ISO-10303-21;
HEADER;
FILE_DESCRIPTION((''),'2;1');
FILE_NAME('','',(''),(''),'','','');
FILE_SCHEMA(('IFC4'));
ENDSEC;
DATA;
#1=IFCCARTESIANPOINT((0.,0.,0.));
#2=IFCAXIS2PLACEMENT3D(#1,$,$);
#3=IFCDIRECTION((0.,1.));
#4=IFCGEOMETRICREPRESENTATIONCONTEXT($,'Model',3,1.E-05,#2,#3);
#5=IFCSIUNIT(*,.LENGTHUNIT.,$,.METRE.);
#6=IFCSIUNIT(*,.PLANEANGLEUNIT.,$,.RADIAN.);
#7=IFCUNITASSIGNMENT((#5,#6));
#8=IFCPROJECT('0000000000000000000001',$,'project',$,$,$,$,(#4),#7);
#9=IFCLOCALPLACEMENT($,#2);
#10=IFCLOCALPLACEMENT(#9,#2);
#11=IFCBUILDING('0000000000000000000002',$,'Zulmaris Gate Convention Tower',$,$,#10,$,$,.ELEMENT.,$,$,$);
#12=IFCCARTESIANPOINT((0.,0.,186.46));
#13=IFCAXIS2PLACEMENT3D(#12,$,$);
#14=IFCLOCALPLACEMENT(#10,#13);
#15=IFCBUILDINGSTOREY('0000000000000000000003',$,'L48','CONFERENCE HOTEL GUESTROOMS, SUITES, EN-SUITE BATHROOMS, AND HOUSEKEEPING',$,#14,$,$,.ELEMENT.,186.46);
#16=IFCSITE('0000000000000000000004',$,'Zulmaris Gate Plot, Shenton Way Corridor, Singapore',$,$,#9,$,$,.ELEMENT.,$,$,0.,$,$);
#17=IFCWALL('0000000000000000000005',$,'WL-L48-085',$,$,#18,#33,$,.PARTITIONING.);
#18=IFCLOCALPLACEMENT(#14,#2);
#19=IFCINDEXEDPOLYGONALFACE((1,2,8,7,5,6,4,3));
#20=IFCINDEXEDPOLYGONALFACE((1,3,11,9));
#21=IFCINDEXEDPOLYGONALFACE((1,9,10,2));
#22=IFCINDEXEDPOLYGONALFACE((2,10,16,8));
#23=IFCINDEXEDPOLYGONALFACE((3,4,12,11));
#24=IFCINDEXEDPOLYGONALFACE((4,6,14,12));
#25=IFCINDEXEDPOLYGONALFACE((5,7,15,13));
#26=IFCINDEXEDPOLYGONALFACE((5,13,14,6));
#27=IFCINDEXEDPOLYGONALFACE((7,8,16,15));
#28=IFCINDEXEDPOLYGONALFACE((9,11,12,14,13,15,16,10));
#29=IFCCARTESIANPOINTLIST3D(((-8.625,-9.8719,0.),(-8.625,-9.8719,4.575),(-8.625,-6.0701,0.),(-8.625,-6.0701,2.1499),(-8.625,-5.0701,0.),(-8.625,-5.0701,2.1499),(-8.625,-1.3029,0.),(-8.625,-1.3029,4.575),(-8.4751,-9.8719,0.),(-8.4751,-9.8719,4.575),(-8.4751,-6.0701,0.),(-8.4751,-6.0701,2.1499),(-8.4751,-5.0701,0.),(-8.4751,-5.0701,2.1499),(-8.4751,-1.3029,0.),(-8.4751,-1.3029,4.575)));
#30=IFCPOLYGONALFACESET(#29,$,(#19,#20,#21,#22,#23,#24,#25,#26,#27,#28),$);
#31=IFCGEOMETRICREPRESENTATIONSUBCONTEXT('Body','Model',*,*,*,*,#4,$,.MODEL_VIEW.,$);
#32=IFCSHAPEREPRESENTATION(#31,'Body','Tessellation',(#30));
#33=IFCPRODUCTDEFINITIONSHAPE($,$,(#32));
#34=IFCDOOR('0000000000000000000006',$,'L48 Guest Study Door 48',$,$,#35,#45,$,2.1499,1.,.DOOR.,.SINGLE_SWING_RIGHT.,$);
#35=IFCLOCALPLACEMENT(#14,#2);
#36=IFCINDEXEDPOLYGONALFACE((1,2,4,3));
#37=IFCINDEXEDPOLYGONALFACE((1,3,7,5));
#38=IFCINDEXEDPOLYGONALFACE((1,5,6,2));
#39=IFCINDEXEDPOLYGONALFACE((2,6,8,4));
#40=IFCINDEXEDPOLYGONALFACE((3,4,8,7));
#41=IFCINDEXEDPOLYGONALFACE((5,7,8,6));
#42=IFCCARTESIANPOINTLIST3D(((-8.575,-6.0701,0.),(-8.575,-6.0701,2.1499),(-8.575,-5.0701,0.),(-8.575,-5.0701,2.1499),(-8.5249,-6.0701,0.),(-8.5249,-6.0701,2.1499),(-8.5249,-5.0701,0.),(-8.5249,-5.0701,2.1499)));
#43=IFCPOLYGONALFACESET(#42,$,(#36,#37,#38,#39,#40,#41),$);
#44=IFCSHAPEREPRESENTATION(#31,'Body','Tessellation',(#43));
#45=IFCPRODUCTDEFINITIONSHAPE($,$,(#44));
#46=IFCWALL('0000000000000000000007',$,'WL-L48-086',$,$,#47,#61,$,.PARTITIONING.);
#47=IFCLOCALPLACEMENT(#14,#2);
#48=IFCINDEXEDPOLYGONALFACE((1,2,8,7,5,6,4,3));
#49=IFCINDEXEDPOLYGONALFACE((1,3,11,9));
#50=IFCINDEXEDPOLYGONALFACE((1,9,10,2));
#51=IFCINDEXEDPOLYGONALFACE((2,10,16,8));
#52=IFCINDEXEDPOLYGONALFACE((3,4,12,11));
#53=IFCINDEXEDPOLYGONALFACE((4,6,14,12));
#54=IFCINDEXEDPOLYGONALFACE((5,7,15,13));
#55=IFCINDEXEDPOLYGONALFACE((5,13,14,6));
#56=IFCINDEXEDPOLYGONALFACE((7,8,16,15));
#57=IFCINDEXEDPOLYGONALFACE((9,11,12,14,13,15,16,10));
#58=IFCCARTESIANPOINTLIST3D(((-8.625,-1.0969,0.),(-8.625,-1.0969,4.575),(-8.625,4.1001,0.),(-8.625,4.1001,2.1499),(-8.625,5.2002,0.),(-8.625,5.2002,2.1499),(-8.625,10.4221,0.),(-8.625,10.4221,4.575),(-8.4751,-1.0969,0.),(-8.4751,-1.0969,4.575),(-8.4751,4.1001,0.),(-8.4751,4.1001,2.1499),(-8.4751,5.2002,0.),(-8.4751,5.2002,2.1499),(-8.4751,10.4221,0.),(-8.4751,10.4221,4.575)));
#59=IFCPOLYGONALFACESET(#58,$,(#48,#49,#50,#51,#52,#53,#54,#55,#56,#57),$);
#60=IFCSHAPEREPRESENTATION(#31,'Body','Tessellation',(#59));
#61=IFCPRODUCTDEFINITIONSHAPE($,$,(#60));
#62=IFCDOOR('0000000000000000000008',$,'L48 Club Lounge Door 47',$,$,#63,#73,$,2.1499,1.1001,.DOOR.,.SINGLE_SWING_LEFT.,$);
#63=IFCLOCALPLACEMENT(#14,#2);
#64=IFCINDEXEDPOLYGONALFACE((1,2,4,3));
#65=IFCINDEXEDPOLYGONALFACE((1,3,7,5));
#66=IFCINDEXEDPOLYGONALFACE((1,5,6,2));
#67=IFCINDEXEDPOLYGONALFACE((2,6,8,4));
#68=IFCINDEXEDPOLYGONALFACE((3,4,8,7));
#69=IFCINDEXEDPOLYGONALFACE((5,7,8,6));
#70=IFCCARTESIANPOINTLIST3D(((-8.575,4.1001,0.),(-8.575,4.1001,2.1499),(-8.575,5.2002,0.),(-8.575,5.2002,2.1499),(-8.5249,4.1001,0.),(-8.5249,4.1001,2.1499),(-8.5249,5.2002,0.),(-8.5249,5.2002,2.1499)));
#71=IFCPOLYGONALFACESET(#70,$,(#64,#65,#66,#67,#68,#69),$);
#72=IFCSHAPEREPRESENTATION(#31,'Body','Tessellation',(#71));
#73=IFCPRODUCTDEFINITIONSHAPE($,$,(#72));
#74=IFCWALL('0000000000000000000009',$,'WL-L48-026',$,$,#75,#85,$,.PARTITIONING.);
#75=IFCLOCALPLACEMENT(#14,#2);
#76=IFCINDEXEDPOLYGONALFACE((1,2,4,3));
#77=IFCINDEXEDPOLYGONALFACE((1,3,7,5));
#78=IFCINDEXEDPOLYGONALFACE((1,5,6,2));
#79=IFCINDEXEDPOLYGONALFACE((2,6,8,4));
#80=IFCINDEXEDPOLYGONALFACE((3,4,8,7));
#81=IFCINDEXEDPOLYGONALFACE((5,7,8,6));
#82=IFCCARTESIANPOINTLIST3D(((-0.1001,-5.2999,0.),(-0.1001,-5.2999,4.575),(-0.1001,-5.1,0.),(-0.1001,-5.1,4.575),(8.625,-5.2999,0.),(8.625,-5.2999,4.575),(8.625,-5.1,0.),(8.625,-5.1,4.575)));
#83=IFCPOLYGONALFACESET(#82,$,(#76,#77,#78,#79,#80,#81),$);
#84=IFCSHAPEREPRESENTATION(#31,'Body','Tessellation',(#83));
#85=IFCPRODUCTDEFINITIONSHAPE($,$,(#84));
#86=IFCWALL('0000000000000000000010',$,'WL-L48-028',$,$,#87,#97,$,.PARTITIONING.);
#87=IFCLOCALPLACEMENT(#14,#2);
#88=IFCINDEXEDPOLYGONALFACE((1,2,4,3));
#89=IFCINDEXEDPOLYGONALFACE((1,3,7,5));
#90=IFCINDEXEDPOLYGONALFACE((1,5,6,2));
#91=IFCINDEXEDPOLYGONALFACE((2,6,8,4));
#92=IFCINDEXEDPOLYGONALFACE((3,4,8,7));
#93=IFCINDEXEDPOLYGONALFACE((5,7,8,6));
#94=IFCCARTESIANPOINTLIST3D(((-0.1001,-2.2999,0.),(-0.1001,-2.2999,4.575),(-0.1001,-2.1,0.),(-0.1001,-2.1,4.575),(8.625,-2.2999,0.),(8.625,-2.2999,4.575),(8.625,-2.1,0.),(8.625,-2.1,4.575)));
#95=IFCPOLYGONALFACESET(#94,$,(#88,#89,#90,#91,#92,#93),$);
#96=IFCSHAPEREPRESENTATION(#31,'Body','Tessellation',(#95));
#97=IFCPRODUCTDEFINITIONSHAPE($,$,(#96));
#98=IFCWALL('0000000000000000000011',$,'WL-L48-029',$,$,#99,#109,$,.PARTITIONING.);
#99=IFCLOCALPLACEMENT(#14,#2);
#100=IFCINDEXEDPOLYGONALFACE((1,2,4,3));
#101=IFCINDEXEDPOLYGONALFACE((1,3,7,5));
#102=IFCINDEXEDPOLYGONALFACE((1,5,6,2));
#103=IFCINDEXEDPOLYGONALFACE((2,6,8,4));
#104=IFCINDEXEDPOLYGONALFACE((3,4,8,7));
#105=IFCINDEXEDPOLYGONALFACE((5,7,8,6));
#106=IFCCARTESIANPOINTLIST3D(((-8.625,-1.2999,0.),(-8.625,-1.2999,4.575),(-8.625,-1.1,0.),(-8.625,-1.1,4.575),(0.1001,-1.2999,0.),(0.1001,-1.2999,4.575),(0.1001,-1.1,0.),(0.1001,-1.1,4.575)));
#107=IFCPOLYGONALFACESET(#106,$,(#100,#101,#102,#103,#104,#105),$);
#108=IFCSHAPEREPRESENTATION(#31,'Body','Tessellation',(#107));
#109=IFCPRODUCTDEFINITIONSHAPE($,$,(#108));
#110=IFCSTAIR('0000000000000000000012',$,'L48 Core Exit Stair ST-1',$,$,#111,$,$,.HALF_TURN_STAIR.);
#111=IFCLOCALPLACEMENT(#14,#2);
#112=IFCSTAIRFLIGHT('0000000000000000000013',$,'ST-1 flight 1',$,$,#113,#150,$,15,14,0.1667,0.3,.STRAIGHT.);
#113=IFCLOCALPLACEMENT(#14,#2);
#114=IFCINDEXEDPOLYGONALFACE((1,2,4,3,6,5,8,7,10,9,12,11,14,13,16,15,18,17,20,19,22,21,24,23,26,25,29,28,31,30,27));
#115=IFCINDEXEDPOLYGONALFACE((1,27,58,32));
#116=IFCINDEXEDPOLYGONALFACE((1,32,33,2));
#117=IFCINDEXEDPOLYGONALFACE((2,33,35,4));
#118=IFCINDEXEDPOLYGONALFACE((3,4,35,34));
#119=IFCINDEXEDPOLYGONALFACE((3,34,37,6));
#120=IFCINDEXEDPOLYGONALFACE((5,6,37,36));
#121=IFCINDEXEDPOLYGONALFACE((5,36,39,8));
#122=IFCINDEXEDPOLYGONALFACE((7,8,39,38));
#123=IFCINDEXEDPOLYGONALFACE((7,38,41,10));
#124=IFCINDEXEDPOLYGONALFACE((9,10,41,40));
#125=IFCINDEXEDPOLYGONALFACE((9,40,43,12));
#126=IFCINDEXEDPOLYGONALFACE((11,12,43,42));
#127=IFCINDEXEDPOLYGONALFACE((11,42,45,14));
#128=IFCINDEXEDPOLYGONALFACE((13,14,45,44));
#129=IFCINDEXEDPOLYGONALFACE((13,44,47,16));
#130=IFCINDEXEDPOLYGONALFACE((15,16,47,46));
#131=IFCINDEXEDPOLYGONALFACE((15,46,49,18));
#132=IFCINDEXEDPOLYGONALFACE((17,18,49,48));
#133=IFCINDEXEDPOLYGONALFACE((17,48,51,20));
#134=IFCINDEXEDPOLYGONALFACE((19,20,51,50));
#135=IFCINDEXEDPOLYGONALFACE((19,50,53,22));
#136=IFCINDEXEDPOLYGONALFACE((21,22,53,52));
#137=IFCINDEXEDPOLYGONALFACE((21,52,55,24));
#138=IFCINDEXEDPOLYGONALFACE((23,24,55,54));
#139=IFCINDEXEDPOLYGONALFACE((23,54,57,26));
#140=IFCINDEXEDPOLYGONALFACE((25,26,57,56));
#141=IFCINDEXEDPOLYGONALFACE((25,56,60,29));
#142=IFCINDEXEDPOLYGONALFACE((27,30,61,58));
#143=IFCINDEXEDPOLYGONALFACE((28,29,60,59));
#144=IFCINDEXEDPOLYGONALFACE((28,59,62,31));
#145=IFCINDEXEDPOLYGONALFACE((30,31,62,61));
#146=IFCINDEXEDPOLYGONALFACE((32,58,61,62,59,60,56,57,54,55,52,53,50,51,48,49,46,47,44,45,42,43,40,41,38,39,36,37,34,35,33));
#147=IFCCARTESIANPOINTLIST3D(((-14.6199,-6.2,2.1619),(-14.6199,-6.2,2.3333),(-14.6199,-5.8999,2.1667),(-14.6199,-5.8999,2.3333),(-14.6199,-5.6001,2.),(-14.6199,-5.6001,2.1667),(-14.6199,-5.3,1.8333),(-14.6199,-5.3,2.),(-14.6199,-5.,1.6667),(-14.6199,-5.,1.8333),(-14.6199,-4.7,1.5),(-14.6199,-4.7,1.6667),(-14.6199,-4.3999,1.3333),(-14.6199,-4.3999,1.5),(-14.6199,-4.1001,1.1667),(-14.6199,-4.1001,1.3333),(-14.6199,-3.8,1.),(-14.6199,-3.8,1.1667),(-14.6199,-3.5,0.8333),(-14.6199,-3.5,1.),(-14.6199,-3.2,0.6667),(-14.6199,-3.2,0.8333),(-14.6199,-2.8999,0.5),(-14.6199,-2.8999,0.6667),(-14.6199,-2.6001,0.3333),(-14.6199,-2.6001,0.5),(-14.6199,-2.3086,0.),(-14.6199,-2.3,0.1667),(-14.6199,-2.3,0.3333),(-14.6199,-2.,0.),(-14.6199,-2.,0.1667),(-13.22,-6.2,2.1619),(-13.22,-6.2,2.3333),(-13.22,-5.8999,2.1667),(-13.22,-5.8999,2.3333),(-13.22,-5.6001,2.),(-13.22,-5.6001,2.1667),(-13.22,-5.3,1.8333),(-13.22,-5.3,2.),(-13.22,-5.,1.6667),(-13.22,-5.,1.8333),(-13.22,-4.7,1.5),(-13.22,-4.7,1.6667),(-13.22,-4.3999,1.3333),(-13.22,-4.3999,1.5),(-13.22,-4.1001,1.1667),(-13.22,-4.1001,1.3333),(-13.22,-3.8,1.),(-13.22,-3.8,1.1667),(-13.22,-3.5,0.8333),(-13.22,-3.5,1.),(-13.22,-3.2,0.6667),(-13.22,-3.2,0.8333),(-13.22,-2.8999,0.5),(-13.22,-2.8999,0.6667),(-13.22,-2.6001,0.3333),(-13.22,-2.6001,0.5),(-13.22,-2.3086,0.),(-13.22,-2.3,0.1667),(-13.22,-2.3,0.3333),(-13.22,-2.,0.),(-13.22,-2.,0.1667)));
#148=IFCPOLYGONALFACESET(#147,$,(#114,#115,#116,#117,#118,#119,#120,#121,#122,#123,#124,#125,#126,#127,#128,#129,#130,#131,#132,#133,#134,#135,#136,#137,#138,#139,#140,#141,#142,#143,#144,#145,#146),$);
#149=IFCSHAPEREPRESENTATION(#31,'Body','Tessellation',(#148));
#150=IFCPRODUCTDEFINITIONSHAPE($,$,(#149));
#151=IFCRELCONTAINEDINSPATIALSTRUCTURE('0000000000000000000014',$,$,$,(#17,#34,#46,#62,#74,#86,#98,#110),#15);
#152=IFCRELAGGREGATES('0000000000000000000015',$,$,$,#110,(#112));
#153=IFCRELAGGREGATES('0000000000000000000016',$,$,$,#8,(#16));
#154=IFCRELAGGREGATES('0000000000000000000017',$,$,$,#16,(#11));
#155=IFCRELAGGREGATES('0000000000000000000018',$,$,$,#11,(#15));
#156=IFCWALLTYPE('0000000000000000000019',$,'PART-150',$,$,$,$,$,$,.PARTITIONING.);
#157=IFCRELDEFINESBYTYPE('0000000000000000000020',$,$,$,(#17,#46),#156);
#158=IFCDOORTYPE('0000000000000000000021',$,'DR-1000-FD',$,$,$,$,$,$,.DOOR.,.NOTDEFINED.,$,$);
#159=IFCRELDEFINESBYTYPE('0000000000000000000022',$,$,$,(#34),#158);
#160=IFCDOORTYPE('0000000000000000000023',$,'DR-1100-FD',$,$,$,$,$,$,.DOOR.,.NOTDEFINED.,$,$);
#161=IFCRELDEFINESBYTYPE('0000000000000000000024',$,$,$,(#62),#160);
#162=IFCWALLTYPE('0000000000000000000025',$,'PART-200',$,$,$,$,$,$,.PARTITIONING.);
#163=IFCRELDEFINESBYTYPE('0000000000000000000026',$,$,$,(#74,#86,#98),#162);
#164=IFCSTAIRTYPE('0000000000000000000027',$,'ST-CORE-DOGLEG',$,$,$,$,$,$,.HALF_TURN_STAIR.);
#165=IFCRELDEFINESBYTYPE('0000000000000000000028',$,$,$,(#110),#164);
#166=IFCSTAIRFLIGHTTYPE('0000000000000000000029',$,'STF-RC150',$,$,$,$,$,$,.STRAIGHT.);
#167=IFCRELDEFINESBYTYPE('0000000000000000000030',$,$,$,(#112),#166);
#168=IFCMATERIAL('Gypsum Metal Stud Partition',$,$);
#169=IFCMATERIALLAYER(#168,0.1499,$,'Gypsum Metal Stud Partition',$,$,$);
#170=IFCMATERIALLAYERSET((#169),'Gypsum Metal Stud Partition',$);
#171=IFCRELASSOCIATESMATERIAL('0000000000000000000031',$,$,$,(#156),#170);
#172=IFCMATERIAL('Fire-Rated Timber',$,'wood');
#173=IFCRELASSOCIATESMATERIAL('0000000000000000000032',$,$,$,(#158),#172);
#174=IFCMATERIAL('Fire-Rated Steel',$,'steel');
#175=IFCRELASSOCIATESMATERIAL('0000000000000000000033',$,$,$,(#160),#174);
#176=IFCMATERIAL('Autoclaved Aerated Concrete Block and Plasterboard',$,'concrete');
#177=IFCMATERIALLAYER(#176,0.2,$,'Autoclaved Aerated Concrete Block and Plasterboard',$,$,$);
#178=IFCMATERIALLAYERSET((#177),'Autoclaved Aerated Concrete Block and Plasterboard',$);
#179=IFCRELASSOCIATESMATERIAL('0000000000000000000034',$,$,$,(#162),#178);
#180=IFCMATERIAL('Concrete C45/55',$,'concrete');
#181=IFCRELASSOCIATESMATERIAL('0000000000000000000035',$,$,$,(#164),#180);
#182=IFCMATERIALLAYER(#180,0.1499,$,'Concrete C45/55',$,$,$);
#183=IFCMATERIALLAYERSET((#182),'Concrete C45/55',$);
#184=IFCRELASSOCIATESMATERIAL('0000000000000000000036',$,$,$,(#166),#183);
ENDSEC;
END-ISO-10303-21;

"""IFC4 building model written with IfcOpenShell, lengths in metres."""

from ifc_helpers import new_model, si_unit, direction, frame, frame_2d, origin, place, context, subcontext, project, spatial, polyline, rectangle, outline, extrude, material, layer, layer_set, type_object, element, fill, aggregate, save


model = new_model("IFC4")

# Units and contexts
model_context = context("Model", 3, precision=1e-05, world=origin(), true_north=direction((0.0, 1.0)))
body_context = subcontext(model_context, "Body", "Model", "MODEL_VIEW")
ifc_project = project(units=[si_unit("LENGTHUNIT", "METRE"), si_unit("PLANEANGLEUNIT", "RADIAN")], contexts=[model_context])

# Site, building, storey
site_placement = place(None, origin())
site = spatial("IfcSite", under=ifc_project, at=site_placement, Name="Zulmaris Gate Plot, Shenton Way Corridor, Singapore", CompositionType="ELEMENT", RefElevation=0.0)
building_placement = place(site_placement, origin())
building = spatial("IfcBuilding", under=site, at=building_placement, Name="Zulmaris Gate Convention Tower", CompositionType="ELEMENT")
storey_placement = place(building_placement, frame((0.0, 0.0, 186.46)))
storey = spatial("IfcBuildingStorey", under=building, at=storey_placement, Name="L48", Description="CONFERENCE HOTEL GUESTROOMS, SUITES, EN-SUITE BATHROOMS, AND HOUSEKEEPING", CompositionType="ELEMENT", Elevation=186.46)

# Shared definitions
ifc_material_1 = material(Name="Gypsum Metal Stud Partition")
ifc_layer_1 = layer(ifc_material_1, 0.1499, Name="Gypsum Metal Stud Partition")
ifc_layer_set_1 = layer_set([ifc_layer_1], Name="Gypsum Metal Stud Partition")
wall_type_1 = type_object("IfcWallType", Name="PART-150", PredefinedType="PARTITIONING", material=ifc_layer_set_1)
ifc_material_2 = material(Name="Fire-Rated Steel", Category="steel")
ifc_material_3 = material(Name="Fire-Rated Timber", Category="wood")

# Walls, openings, doors
wall_1_placement = place(storey_placement, frame((-8.55, -9.8721, 0.0), z_axis=(0.0, 0.0, 1.0), x_axis=(0.0, 1.0, 0.0)))
wall_1 = element("IfcWall", 1, at=wall_1_placement, inside=storey, type_object=wall_type_1, Name="WL-L48-085", PredefinedType="PARTITIONING", context=body_context, shape_type="SweptSolid", body=[
    extrude(rectangle(XDim=8.5691, YDim=0.1499, at=frame_2d((4.2847, 0.0))), origin(), (0.0, 0.0, 1.0), 4.575),
])
opening_1_placement = place(wall_1_placement, frame((3.802, 0.0, 0.0)))
opening_1 = element("IfcOpeningElement", 2, at=opening_1_placement, cuts=wall_1, PredefinedType="OPENING", context=body_context, shape_type="SweptSolid", body=[
    extrude(rectangle(XDim=1.0, YDim=2.1499, at=frame_2d((0.5, 1.075))), frame((0.0, 0.085, 0.0), z_axis=(0.0, -1.0, 0.0), x_axis=(1.0, 0.0, 0.0)), (0.0, 0.0, 1.0), 0.1699),
])
door_type_1 = type_object("IfcDoorType", Name="DR-1000-FD", OperationType="NOTDEFINED", PredefinedType="DOOR", material=ifc_material_3)
door_1_placement = place(opening_1_placement, origin())
door_1 = element("IfcDoor", 3, at=door_1_placement, inside=storey, type_object=door_type_1, Name="L48 Guest Study Door 48", OperationType="SINGLE_SWING_RIGHT", OverallHeight=2.1499, OverallWidth=1.0, PredefinedType="DOOR", context=body_context, shape_type="SweptSolid", body=[
    extrude(rectangle(XDim=1.0, YDim=2.1499, at=frame_2d((0.5, 1.075))), frame((0.0, 0.0249, 0.0), z_axis=(0.0, -1.0, 0.0), x_axis=(1.0, 0.0, 0.0)), (0.0, 0.0, 1.0), 0.05),
])
fill(opening_1, door_1)
wall_2_placement = place(storey_placement, frame((-8.55, -1.0969, 0.0), z_axis=(0.0, 0.0, 1.0), x_axis=(0.0, 1.0, 0.0)))
wall_2 = element("IfcWall", 4, at=wall_2_placement, inside=storey, type_object=wall_type_1, Name="WL-L48-086", PredefinedType="PARTITIONING", context=body_context, shape_type="SweptSolid", body=[
    extrude(rectangle(XDim=11.519, YDim=0.1499, at=frame_2d((5.7595, 0.0))), origin(), (0.0, 0.0, 1.0), 4.575),
])
opening_2_placement = place(wall_2_placement, frame((5.197, 0.0, 0.0)))
opening_2 = element("IfcOpeningElement", 5, at=opening_2_placement, cuts=wall_2, PredefinedType="OPENING", context=body_context, shape_type="SweptSolid", body=[
    extrude(rectangle(XDim=1.1001, YDim=2.1499, at=frame_2d((0.55, 1.075))), frame((0.0, 0.085, 0.0), z_axis=(0.0, -1.0, 0.0), x_axis=(1.0, 0.0, 0.0)), (0.0, 0.0, 1.0), 0.1699),
])
door_type_2 = type_object("IfcDoorType", Name="DR-1100-FD", OperationType="NOTDEFINED", PredefinedType="DOOR", material=ifc_material_2)
door_2_placement = place(opening_2_placement, origin())
door_2 = element("IfcDoor", 6, at=door_2_placement, inside=storey, type_object=door_type_2, Name="L48 Club Lounge Door 47", OperationType="SINGLE_SWING_LEFT", OverallHeight=2.1499, OverallWidth=1.1001, PredefinedType="DOOR", context=body_context, shape_type="SweptSolid", body=[
    extrude(rectangle(XDim=1.1001, YDim=2.1499, at=frame_2d((0.55, 1.075))), frame((0.0, 0.0249, 0.0), z_axis=(0.0, -1.0, 0.0), x_axis=(1.0, 0.0, 0.0)), (0.0, 0.0, 1.0), 0.05),
])
fill(opening_2, door_2)

# Walls
ifc_material_4 = material(Name="Autoclaved Aerated Concrete Block and Plasterboard", Category="concrete")
ifc_layer_2 = layer(ifc_material_4, 0.2, Name="Autoclaved Aerated Concrete Block and Plasterboard")
ifc_layer_set_2 = layer_set([ifc_layer_2], Name="Autoclaved Aerated Concrete Block and Plasterboard")
wall_type_2 = type_object("IfcWallType", Name="PART-200", PredefinedType="PARTITIONING", material=ifc_layer_set_2)
for number, where, z_axis, x_axis, name in (
    (7, (-0.1001, -5.2, 0.0), (0.0, 0.0, 1.0), (1.0, 0.0, 0.0), "WL-L48-026"),
    (8, (-0.1001, -2.2, 0.0), (0.0, 0.0, 1.0), (1.0, 0.0, 0.0), "WL-L48-028"),
    (9, (-8.625, -1.2, 0.0), (0.0, 0.0, 1.0), (1.0, 0.0, 0.0), "WL-L48-029"),
):
    element("IfcWall", number, at=place(storey_placement, frame(where, z_axis=z_axis, x_axis=x_axis)), inside=storey, type_object=wall_type_2, Name=name, PredefinedType="PARTITIONING", context=body_context, shape_type="SweptSolid", body=[
        extrude(rectangle(XDim=8.7251, YDim=0.2, at=frame_2d((4.3625, 0.0))), origin(), (0.0, 0.0, 1.0), 4.575),
    ])

# Stair, stair flight
ifc_material_5 = material(Name="Concrete C45/55", Category="concrete")
stair_type = type_object("IfcStairType", Name="ST-CORE-DOGLEG", PredefinedType="HALF_TURN_STAIR", material=ifc_material_5)
stair_placement = place(storey_placement, origin())
stair = element("IfcStair", 10, at=stair_placement, inside=storey, type_object=stair_type, Name="L48 Core Exit Stair ST-1", PredefinedType="HALF_TURN_STAIR")
ifc_layer_3 = layer(ifc_material_5, 0.1499, Name="Concrete C45/55")
ifc_layer_set_3 = layer_set([ifc_layer_3], Name="Concrete C45/55")
stair_flight_type = type_object("IfcStairFlightType", Name="STF-RC150", PredefinedType="STRAIGHT", material=ifc_layer_set_3)
stair_flight_1_placement = place(storey_placement, frame((-13.9199, -2.0, 0.0), z_axis=(0.0, 0.0, 1.0), x_axis=(0.0, -1.0, 0.0)))
stair_flight_1 = element("IfcStairFlight", 11, at=stair_flight_1_placement, type_object=stair_flight_type, Name="ST-1 flight 1", NumberOfRisers=15, NumberOfTreads=14, PredefinedType="STRAIGHT", RiserHeight=0.1667, TreadLength=0.3, context=body_context, shape_type="SweptSolid", body=[
    extrude(outline(polyline([(0.0, 0.0), (0.0, 0.1667), (0.3, 0.1667), (0.3, 0.3333), (0.6001, 0.3333), (0.6001, 0.5), (0.8999, 0.5), (0.8999, 0.6667), (1.2, 0.6667), (1.2, 0.8333), (1.5, 0.8333), (1.5, 1.0), (1.8, 1.0), (1.8, 1.1667), (2.1001, 1.1667), (2.1001, 1.3333), (2.3999, 1.3333), (2.3999, 1.5), (2.7, 1.5), (2.7, 1.6667), (3.0, 1.6667), (3.0, 1.8333), (3.3, 1.8333), (3.3, 2.0), (3.6001, 2.0), (3.6001, 2.1667), (3.8999, 2.1667), (3.8999, 2.3333), (4.2, 2.3333), (4.2, 2.5), (4.2, 2.1619), (0.3086, 0.0), (0.0, 0.0)])), frame((0.0, 0.7, 0.0), z_axis=(0.0, -1.0, 0.0), x_axis=(1.0, 0.0, 0.0)), (0.0, 0.0, 1.0), 1.3999),
])
aggregate(stair, [stair_flight_1])

save(model, "model.ifc")
